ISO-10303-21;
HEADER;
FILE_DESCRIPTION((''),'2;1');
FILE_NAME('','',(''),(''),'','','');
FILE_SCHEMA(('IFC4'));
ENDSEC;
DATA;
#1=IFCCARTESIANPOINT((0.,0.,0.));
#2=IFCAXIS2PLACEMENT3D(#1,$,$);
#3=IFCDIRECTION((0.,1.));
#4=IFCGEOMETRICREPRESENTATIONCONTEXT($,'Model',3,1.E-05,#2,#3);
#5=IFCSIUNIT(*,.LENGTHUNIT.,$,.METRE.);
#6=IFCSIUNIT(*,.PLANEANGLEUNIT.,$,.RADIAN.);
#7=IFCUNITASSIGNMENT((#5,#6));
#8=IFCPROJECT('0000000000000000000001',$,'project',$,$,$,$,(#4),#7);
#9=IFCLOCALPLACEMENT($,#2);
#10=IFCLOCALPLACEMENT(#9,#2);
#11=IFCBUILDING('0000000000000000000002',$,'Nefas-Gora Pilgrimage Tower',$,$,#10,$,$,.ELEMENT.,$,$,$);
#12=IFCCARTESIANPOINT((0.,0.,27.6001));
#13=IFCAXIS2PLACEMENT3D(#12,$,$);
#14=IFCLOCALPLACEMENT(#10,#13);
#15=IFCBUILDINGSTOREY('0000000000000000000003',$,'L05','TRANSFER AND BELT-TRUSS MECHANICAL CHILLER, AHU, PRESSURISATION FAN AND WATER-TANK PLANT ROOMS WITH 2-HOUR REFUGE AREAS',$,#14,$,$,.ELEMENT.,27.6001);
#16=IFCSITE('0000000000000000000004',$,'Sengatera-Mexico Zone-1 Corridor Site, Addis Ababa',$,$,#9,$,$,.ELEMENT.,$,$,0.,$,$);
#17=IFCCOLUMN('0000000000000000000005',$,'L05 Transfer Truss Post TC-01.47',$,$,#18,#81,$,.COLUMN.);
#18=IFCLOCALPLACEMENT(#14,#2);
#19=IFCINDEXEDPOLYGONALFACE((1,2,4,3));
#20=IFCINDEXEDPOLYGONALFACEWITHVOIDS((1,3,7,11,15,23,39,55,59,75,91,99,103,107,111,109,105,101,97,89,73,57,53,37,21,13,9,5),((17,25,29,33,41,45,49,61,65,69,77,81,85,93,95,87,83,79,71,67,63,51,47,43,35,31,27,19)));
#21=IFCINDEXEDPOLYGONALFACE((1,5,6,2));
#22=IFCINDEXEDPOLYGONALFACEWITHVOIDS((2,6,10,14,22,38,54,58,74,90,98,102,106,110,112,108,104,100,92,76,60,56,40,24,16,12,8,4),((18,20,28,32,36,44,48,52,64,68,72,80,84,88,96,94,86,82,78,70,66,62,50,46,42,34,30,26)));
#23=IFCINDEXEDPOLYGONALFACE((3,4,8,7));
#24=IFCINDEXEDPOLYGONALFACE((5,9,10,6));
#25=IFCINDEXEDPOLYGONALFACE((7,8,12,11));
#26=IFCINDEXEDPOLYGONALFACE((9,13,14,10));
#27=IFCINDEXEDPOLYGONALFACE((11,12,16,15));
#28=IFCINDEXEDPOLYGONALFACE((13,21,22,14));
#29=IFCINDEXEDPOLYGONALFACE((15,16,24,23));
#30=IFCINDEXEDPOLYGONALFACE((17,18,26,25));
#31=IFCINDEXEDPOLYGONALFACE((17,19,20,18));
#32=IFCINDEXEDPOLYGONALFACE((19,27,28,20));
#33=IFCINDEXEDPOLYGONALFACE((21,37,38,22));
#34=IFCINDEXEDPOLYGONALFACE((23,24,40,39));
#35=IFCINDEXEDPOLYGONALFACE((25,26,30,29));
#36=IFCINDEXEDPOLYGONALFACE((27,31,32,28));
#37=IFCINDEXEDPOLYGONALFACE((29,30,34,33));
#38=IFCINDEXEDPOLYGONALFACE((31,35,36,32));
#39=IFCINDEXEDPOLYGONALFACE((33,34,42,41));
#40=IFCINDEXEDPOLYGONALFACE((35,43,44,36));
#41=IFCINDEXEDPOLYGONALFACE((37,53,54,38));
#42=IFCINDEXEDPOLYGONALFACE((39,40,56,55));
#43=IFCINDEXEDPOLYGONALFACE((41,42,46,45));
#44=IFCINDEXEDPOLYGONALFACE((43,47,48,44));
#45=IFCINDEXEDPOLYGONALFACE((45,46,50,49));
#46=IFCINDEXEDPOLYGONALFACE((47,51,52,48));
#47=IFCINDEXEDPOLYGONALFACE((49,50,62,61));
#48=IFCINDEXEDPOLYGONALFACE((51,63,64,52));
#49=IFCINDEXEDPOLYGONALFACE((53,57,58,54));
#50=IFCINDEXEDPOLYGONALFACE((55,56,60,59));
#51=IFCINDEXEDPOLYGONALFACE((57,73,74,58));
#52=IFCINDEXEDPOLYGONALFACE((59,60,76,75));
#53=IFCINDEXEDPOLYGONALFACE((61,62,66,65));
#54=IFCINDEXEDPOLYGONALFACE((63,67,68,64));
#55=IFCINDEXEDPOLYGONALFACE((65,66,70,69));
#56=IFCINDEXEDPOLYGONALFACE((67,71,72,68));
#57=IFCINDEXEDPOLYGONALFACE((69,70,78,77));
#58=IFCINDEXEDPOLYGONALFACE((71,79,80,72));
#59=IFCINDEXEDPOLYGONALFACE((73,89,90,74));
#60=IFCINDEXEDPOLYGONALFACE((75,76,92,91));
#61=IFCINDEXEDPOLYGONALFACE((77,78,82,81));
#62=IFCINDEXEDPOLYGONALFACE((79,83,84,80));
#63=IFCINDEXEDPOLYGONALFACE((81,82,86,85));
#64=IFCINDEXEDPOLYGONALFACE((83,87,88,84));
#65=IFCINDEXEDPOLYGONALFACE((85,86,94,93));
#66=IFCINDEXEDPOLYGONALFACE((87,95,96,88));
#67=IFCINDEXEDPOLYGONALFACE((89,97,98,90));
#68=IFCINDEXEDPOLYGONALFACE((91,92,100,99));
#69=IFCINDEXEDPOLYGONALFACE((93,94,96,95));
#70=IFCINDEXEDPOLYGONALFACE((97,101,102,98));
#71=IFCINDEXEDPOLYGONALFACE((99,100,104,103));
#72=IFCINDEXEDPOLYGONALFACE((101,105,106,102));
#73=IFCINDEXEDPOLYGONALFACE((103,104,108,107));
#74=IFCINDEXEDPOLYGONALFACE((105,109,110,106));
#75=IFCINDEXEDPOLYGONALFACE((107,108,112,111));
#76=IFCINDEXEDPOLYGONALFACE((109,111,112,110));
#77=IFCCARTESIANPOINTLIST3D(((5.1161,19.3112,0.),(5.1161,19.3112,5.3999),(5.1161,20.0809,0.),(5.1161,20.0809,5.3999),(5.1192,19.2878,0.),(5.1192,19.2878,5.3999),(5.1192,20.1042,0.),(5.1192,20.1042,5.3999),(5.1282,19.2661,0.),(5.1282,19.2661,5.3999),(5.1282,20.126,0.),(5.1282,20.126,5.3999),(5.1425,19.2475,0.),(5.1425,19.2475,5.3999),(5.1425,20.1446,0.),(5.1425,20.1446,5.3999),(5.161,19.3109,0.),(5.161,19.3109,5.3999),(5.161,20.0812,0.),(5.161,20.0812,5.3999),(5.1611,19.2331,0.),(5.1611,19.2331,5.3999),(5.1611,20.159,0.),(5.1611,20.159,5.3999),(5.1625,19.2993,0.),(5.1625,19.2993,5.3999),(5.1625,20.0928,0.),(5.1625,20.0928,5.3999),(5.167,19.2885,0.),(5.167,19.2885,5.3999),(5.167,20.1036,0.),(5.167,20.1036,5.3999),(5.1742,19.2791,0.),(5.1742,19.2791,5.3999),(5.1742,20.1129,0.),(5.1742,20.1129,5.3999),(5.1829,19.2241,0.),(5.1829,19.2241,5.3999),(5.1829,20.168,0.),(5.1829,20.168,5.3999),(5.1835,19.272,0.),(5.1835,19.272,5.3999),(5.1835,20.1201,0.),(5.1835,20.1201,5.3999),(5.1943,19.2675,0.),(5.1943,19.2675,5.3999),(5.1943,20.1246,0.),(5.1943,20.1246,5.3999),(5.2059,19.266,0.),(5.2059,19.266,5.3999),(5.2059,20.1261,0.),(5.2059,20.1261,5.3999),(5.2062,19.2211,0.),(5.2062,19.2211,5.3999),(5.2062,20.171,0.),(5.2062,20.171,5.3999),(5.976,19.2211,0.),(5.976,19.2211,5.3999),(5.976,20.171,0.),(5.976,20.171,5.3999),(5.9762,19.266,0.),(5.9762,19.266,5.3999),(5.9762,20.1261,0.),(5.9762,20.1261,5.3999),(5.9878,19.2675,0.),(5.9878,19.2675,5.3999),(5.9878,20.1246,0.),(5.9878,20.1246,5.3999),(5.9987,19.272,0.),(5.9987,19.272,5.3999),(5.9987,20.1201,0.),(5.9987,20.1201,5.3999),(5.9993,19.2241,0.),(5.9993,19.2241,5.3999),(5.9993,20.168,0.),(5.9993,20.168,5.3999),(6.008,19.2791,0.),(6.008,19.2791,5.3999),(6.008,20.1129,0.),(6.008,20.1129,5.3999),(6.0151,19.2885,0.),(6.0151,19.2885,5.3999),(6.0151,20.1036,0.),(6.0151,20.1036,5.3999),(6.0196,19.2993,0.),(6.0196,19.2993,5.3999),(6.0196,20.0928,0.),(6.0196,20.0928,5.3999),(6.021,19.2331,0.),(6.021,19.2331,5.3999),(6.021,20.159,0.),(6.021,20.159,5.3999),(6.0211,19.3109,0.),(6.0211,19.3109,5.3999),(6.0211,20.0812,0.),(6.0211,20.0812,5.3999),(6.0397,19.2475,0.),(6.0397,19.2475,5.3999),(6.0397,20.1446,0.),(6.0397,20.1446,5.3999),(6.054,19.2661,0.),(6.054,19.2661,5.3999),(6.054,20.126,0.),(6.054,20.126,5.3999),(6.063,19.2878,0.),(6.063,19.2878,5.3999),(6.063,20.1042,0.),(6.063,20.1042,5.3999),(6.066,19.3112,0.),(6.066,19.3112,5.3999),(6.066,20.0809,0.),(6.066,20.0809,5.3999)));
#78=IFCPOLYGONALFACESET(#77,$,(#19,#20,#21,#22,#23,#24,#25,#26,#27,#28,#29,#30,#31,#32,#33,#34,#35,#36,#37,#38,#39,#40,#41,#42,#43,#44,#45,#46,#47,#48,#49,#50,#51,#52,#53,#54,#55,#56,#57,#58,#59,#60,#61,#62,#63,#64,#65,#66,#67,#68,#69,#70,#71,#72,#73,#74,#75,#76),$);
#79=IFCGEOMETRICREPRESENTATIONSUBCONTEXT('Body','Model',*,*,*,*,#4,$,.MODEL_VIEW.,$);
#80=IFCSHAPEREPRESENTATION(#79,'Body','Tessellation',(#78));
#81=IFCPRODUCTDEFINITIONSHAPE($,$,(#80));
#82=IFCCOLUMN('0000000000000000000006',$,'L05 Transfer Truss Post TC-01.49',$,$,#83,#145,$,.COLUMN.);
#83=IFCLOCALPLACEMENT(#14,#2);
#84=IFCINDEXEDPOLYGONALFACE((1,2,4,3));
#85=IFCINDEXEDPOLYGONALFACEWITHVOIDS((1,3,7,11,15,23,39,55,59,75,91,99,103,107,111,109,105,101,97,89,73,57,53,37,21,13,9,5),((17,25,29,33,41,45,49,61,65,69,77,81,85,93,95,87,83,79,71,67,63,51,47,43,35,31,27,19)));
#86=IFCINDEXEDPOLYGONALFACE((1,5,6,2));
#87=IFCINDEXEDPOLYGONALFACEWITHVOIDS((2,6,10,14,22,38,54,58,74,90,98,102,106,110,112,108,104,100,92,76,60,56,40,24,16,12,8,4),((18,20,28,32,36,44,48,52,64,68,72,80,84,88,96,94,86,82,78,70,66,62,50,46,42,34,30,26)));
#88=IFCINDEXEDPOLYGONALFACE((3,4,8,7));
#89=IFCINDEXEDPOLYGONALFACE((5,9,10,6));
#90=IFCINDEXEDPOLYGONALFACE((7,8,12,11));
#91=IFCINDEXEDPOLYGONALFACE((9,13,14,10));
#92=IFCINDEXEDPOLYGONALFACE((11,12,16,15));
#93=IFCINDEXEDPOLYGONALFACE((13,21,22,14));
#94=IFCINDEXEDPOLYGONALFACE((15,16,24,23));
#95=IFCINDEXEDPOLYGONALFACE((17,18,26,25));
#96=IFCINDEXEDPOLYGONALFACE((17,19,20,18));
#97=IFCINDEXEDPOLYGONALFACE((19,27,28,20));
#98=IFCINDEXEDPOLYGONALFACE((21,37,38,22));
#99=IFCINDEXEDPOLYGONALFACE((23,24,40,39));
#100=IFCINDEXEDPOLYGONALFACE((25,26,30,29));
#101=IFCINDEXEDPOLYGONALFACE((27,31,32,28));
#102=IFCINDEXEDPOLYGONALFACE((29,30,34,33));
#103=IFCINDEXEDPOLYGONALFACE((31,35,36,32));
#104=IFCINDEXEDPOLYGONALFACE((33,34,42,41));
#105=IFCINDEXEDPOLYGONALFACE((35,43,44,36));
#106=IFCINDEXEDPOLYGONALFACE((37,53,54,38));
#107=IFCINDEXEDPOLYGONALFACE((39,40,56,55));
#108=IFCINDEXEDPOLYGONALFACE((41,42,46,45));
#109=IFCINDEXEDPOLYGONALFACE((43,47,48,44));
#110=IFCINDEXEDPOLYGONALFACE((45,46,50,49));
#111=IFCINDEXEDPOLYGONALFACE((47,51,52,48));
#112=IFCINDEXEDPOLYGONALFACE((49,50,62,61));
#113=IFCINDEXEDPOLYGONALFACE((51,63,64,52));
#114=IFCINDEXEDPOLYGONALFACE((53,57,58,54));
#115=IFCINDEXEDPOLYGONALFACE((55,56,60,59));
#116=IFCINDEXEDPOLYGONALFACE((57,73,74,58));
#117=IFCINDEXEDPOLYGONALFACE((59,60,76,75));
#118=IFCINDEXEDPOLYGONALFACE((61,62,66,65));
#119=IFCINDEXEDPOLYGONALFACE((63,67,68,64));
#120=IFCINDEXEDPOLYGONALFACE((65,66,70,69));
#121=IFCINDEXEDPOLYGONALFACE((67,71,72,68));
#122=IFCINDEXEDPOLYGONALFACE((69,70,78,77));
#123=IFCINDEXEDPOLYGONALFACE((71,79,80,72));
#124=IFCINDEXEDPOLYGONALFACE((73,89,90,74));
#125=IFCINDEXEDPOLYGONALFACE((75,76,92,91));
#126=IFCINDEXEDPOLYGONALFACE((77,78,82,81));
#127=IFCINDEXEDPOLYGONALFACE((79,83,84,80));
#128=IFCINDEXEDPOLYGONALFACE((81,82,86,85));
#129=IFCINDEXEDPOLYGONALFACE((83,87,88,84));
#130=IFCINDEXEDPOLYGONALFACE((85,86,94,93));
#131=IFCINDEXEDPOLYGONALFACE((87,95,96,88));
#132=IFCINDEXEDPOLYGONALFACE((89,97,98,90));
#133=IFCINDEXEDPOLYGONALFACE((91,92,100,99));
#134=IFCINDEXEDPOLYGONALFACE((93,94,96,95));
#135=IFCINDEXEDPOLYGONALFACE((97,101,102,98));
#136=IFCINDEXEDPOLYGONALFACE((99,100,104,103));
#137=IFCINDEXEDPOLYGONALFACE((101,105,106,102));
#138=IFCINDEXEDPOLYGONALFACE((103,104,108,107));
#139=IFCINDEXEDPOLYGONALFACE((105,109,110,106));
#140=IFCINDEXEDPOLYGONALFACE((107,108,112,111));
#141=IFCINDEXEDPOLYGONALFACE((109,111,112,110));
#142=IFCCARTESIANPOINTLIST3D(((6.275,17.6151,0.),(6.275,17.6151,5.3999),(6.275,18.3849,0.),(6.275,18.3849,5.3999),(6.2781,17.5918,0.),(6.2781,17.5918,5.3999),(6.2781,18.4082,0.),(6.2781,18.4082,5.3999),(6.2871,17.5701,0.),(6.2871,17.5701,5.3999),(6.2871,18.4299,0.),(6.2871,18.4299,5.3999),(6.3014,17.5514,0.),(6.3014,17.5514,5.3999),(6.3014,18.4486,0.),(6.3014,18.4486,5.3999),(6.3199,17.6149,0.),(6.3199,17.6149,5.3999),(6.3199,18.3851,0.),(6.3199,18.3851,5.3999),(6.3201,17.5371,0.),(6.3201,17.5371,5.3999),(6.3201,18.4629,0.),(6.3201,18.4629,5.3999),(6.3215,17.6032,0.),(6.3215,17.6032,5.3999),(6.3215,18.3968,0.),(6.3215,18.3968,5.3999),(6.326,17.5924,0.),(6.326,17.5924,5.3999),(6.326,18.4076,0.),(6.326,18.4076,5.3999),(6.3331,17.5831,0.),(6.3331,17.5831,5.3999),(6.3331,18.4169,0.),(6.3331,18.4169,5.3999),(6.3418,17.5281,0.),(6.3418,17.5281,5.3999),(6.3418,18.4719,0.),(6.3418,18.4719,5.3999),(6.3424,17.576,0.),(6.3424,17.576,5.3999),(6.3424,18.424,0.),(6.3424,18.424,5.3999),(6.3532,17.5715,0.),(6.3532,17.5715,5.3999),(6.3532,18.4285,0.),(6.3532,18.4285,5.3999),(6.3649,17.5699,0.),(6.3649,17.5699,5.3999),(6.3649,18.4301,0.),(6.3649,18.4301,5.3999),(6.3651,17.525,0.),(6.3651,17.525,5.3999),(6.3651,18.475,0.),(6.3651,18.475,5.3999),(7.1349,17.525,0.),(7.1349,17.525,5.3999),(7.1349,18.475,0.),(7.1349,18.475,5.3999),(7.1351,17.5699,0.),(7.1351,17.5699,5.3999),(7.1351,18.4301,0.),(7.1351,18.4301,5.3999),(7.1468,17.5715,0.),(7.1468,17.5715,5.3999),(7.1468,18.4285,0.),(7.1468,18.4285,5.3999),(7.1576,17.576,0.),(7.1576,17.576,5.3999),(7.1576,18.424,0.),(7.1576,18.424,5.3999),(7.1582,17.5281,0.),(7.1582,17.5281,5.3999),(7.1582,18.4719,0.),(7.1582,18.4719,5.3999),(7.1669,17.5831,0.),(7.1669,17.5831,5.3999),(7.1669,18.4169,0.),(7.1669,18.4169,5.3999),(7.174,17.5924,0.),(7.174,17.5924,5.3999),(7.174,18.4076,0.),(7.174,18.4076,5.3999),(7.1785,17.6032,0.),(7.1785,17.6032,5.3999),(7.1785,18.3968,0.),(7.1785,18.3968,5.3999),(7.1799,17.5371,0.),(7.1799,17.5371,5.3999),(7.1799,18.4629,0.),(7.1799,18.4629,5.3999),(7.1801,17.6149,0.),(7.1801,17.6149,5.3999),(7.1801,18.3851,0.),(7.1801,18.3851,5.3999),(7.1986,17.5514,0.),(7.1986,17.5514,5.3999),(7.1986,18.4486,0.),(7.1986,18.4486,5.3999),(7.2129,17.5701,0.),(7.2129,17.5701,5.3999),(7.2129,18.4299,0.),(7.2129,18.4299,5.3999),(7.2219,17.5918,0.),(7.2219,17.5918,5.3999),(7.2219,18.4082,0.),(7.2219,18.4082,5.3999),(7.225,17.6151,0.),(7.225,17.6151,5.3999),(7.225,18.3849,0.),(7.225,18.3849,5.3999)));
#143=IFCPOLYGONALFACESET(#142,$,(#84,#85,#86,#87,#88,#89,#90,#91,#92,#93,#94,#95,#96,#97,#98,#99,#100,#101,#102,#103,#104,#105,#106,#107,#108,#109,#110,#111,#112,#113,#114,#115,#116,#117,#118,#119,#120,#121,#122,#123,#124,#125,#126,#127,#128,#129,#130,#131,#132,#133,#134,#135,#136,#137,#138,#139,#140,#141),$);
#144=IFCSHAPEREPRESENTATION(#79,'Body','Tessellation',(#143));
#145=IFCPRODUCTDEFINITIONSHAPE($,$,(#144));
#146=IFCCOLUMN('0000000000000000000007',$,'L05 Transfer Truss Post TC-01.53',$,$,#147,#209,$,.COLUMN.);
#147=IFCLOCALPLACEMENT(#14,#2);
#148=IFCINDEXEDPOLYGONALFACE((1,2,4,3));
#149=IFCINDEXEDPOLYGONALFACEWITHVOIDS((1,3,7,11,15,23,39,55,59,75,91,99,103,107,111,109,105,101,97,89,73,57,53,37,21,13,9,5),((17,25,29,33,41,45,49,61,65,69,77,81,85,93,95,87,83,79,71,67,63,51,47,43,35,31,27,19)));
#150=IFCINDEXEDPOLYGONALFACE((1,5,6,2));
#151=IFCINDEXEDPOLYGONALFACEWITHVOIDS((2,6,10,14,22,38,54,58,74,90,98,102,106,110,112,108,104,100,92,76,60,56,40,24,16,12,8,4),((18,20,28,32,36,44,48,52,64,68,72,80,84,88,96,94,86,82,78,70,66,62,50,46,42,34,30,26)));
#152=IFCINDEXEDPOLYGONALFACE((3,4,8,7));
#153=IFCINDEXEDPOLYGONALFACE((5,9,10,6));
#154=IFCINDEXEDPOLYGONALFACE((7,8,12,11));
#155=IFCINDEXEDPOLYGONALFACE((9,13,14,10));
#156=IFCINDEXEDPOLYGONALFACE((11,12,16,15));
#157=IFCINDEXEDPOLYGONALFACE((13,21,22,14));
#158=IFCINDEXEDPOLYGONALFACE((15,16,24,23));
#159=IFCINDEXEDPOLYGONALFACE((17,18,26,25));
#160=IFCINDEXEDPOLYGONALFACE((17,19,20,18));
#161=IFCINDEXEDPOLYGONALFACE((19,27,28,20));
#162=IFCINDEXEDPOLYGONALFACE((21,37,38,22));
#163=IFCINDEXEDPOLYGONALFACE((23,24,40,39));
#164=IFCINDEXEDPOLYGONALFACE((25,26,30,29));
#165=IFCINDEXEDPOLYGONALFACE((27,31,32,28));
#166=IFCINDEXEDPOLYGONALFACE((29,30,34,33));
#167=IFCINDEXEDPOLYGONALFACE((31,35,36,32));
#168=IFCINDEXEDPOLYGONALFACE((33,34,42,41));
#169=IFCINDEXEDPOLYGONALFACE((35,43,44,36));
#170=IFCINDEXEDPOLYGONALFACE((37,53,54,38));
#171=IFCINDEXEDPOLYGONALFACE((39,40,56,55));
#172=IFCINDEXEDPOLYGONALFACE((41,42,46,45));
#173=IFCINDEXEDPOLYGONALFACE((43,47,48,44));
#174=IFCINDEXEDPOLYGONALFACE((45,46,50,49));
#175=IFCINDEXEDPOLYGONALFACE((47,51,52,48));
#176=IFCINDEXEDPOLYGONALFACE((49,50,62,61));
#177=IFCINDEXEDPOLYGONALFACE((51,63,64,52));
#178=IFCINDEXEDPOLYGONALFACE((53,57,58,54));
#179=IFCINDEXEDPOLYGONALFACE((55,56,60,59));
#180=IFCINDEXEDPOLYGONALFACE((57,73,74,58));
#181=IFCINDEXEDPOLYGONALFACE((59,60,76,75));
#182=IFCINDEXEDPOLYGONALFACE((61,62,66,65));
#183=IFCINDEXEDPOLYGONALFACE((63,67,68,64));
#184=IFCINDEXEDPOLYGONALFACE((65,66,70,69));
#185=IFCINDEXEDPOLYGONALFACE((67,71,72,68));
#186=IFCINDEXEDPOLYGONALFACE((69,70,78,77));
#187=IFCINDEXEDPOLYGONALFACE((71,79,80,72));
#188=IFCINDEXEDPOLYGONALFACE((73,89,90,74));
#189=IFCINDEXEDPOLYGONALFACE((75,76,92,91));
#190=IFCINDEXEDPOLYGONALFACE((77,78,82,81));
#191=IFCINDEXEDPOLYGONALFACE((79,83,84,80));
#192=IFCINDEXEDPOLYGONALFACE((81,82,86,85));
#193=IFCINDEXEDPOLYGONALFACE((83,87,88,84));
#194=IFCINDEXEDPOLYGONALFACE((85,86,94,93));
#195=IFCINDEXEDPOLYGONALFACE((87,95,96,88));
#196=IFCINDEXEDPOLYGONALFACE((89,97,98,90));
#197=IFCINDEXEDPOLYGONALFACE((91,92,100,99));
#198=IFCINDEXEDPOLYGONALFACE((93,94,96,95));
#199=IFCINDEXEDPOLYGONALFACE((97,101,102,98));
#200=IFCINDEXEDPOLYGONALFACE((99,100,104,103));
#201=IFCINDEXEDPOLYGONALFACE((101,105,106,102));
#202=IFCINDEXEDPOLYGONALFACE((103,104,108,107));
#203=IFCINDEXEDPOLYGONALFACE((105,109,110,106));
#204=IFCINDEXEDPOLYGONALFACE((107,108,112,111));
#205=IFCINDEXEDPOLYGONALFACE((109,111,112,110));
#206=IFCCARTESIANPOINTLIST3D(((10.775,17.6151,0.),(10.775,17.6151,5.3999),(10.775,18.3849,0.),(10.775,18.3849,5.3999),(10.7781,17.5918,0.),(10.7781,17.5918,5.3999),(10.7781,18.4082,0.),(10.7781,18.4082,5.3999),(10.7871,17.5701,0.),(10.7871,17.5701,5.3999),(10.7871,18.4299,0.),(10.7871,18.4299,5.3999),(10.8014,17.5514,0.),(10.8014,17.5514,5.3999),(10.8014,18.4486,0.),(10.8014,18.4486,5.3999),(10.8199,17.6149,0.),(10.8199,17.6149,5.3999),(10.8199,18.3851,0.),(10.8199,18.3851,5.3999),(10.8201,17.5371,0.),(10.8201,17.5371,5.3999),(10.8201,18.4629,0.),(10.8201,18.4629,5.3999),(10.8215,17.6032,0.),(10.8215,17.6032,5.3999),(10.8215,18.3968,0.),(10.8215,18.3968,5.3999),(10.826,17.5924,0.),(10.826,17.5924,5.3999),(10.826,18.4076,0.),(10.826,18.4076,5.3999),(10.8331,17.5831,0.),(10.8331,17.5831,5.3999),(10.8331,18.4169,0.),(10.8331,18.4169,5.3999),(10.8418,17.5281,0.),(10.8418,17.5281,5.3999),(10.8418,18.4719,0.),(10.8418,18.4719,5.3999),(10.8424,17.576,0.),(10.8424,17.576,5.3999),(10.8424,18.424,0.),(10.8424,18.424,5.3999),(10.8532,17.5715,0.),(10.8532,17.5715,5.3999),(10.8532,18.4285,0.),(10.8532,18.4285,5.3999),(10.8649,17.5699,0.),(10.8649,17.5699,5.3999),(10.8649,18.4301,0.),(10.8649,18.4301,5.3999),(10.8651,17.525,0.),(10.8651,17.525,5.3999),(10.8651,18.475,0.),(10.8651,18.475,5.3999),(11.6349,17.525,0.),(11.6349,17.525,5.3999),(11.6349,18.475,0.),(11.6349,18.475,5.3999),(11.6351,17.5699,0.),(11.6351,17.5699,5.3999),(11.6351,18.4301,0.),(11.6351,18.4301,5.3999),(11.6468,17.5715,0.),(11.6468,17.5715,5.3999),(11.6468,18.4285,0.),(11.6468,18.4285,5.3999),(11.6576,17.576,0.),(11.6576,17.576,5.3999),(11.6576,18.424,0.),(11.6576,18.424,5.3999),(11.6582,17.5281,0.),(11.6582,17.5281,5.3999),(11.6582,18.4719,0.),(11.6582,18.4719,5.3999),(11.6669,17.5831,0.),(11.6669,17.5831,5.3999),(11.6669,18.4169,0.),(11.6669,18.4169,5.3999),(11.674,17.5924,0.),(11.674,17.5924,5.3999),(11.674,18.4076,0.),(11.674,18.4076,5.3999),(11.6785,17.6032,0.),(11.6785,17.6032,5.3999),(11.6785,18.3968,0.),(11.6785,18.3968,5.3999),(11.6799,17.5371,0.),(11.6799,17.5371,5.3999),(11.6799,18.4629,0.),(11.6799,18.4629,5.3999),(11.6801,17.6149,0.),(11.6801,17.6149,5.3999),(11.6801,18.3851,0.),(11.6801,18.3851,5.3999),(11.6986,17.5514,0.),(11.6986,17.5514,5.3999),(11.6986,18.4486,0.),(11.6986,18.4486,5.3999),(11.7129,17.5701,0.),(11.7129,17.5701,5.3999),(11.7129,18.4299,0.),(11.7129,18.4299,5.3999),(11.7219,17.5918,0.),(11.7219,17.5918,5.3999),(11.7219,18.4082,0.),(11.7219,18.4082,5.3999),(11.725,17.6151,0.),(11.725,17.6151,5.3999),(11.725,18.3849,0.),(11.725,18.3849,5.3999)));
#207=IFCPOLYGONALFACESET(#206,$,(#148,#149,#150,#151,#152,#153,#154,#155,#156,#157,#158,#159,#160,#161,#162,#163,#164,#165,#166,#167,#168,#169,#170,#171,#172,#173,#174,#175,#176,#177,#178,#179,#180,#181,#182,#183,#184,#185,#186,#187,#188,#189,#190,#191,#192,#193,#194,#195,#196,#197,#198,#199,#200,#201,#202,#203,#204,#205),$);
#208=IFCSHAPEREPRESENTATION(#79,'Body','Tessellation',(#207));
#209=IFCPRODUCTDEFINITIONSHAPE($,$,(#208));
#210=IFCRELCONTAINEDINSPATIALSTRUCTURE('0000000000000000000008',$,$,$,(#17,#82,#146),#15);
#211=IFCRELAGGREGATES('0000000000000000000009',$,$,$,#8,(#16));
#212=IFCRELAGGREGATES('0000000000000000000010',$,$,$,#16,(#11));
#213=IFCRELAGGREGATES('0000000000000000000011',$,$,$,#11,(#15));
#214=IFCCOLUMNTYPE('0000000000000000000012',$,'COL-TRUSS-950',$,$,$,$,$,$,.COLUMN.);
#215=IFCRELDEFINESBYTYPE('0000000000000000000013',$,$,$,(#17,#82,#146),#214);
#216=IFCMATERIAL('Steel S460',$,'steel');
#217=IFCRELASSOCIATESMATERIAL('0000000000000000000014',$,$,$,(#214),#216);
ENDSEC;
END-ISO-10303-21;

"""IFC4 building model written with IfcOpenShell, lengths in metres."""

from ifc_helpers import new_model, si_unit, direction, frame, origin, origin_2d, place, context, subcontext, project, spatial, hollow_rectangle, extrude, source, transform, mapped, material, material_profile, profile_set, type_object, element, save


model = new_model("IFC4")

# Units and contexts
model_context = context("Model", 3, precision=1e-05, world=origin(), true_north=direction((0.0, 1.0)))
body_context = subcontext(model_context, "Body", "Model", "MODEL_VIEW")
ifc_project = project(units=[si_unit("LENGTHUNIT", "METRE"), si_unit("PLANEANGLEUNIT", "RADIAN")], contexts=[model_context])

# Site, building, storey
site_placement = place(None, origin())
site = spatial("IfcSite", under=ifc_project, at=site_placement, Name="Sengatera-Mexico Zone-1 Corridor Site, Addis Ababa", CompositionType="ELEMENT", RefElevation=0.0)
building_placement = place(site_placement, origin())
building = spatial("IfcBuilding", under=site, at=building_placement, Name="Nefas-Gora Pilgrimage Tower", CompositionType="ELEMENT")
storey_placement = place(building_placement, frame((0.0, 0.0, 27.6001)))
storey = spatial("IfcBuildingStorey", under=building, at=storey_placement, Name="L05", Description="TRANSFER AND BELT-TRUSS MECHANICAL CHILLER, AHU, PRESSURISATION FAN AND WATER-TANK PLANT ROOMS WITH 2-HOUR REFUGE AREAS", CompositionType="ELEMENT", Elevation=27.6001)

# Columns
ifc_material = material(Name="Steel S460", Category="steel")
ifc_material_profile_1 = material_profile(ifc_material, hollow_rectangle(XDim=0.95, YDim=0.95, WallThickness=0.0449, InnerFilletRadius=0.0449, OuterFilletRadius=0.0901, at=origin_2d()), Name="BOX 950x950x45")
ifc_profile_set_1 = profile_set([ifc_material_profile_1], Name="Steel S460")
column_type = type_object("IfcColumnType", Name="COL-TRUSS-950", PredefinedType="COLUMN", material=ifc_profile_set_1)
shared_shape_1 = source(origin(), body_context, "Body", "SweptSolid", [
    extrude(hollow_rectangle(XDim=0.95, YDim=0.95, WallThickness=0.0449, InnerFilletRadius=0.0449, OuterFilletRadius=0.0901, at=origin_2d()), origin(), (0.0, 0.0, 1.0), 5.3999),
])
for number, where, z_axis, x_axis, name in (
    (1, (5.5911, 19.696, 0.0), (0.0, 0.0, 1.0), (1.0, 0.0, 0.0), "L05 Transfer Truss Post TC-01.47"),
    (2, (6.75, 18.0, 0.0), (0.0, 0.0, 1.0), (1.0, 0.0, 0.0), "L05 Transfer Truss Post TC-01.49"),
    (3, (11.25, 18.0, 0.0), (0.0, 0.0, 1.0), (1.0, 0.0, 0.0), "L05 Transfer Truss Post TC-01.53"),
):
    element("IfcColumn", number, at=place(storey_placement, frame(where, z_axis=z_axis, x_axis=x_axis)), inside=storey, type_object=column_type, Name=name, PredefinedType="COLUMN", context=body_context, shape_type="MappedRepresentation", body=[
        mapped(shared_shape_1, transform((0.0, 0.0, 0.0), x_axis=(1.0, 0.0, 0.0), y_axis=(0.0, 1.0, 0.0), z_axis=(0.0, 0.0, 1.0), scale=1.0)),
    ])

save(model, "model.ifc")
